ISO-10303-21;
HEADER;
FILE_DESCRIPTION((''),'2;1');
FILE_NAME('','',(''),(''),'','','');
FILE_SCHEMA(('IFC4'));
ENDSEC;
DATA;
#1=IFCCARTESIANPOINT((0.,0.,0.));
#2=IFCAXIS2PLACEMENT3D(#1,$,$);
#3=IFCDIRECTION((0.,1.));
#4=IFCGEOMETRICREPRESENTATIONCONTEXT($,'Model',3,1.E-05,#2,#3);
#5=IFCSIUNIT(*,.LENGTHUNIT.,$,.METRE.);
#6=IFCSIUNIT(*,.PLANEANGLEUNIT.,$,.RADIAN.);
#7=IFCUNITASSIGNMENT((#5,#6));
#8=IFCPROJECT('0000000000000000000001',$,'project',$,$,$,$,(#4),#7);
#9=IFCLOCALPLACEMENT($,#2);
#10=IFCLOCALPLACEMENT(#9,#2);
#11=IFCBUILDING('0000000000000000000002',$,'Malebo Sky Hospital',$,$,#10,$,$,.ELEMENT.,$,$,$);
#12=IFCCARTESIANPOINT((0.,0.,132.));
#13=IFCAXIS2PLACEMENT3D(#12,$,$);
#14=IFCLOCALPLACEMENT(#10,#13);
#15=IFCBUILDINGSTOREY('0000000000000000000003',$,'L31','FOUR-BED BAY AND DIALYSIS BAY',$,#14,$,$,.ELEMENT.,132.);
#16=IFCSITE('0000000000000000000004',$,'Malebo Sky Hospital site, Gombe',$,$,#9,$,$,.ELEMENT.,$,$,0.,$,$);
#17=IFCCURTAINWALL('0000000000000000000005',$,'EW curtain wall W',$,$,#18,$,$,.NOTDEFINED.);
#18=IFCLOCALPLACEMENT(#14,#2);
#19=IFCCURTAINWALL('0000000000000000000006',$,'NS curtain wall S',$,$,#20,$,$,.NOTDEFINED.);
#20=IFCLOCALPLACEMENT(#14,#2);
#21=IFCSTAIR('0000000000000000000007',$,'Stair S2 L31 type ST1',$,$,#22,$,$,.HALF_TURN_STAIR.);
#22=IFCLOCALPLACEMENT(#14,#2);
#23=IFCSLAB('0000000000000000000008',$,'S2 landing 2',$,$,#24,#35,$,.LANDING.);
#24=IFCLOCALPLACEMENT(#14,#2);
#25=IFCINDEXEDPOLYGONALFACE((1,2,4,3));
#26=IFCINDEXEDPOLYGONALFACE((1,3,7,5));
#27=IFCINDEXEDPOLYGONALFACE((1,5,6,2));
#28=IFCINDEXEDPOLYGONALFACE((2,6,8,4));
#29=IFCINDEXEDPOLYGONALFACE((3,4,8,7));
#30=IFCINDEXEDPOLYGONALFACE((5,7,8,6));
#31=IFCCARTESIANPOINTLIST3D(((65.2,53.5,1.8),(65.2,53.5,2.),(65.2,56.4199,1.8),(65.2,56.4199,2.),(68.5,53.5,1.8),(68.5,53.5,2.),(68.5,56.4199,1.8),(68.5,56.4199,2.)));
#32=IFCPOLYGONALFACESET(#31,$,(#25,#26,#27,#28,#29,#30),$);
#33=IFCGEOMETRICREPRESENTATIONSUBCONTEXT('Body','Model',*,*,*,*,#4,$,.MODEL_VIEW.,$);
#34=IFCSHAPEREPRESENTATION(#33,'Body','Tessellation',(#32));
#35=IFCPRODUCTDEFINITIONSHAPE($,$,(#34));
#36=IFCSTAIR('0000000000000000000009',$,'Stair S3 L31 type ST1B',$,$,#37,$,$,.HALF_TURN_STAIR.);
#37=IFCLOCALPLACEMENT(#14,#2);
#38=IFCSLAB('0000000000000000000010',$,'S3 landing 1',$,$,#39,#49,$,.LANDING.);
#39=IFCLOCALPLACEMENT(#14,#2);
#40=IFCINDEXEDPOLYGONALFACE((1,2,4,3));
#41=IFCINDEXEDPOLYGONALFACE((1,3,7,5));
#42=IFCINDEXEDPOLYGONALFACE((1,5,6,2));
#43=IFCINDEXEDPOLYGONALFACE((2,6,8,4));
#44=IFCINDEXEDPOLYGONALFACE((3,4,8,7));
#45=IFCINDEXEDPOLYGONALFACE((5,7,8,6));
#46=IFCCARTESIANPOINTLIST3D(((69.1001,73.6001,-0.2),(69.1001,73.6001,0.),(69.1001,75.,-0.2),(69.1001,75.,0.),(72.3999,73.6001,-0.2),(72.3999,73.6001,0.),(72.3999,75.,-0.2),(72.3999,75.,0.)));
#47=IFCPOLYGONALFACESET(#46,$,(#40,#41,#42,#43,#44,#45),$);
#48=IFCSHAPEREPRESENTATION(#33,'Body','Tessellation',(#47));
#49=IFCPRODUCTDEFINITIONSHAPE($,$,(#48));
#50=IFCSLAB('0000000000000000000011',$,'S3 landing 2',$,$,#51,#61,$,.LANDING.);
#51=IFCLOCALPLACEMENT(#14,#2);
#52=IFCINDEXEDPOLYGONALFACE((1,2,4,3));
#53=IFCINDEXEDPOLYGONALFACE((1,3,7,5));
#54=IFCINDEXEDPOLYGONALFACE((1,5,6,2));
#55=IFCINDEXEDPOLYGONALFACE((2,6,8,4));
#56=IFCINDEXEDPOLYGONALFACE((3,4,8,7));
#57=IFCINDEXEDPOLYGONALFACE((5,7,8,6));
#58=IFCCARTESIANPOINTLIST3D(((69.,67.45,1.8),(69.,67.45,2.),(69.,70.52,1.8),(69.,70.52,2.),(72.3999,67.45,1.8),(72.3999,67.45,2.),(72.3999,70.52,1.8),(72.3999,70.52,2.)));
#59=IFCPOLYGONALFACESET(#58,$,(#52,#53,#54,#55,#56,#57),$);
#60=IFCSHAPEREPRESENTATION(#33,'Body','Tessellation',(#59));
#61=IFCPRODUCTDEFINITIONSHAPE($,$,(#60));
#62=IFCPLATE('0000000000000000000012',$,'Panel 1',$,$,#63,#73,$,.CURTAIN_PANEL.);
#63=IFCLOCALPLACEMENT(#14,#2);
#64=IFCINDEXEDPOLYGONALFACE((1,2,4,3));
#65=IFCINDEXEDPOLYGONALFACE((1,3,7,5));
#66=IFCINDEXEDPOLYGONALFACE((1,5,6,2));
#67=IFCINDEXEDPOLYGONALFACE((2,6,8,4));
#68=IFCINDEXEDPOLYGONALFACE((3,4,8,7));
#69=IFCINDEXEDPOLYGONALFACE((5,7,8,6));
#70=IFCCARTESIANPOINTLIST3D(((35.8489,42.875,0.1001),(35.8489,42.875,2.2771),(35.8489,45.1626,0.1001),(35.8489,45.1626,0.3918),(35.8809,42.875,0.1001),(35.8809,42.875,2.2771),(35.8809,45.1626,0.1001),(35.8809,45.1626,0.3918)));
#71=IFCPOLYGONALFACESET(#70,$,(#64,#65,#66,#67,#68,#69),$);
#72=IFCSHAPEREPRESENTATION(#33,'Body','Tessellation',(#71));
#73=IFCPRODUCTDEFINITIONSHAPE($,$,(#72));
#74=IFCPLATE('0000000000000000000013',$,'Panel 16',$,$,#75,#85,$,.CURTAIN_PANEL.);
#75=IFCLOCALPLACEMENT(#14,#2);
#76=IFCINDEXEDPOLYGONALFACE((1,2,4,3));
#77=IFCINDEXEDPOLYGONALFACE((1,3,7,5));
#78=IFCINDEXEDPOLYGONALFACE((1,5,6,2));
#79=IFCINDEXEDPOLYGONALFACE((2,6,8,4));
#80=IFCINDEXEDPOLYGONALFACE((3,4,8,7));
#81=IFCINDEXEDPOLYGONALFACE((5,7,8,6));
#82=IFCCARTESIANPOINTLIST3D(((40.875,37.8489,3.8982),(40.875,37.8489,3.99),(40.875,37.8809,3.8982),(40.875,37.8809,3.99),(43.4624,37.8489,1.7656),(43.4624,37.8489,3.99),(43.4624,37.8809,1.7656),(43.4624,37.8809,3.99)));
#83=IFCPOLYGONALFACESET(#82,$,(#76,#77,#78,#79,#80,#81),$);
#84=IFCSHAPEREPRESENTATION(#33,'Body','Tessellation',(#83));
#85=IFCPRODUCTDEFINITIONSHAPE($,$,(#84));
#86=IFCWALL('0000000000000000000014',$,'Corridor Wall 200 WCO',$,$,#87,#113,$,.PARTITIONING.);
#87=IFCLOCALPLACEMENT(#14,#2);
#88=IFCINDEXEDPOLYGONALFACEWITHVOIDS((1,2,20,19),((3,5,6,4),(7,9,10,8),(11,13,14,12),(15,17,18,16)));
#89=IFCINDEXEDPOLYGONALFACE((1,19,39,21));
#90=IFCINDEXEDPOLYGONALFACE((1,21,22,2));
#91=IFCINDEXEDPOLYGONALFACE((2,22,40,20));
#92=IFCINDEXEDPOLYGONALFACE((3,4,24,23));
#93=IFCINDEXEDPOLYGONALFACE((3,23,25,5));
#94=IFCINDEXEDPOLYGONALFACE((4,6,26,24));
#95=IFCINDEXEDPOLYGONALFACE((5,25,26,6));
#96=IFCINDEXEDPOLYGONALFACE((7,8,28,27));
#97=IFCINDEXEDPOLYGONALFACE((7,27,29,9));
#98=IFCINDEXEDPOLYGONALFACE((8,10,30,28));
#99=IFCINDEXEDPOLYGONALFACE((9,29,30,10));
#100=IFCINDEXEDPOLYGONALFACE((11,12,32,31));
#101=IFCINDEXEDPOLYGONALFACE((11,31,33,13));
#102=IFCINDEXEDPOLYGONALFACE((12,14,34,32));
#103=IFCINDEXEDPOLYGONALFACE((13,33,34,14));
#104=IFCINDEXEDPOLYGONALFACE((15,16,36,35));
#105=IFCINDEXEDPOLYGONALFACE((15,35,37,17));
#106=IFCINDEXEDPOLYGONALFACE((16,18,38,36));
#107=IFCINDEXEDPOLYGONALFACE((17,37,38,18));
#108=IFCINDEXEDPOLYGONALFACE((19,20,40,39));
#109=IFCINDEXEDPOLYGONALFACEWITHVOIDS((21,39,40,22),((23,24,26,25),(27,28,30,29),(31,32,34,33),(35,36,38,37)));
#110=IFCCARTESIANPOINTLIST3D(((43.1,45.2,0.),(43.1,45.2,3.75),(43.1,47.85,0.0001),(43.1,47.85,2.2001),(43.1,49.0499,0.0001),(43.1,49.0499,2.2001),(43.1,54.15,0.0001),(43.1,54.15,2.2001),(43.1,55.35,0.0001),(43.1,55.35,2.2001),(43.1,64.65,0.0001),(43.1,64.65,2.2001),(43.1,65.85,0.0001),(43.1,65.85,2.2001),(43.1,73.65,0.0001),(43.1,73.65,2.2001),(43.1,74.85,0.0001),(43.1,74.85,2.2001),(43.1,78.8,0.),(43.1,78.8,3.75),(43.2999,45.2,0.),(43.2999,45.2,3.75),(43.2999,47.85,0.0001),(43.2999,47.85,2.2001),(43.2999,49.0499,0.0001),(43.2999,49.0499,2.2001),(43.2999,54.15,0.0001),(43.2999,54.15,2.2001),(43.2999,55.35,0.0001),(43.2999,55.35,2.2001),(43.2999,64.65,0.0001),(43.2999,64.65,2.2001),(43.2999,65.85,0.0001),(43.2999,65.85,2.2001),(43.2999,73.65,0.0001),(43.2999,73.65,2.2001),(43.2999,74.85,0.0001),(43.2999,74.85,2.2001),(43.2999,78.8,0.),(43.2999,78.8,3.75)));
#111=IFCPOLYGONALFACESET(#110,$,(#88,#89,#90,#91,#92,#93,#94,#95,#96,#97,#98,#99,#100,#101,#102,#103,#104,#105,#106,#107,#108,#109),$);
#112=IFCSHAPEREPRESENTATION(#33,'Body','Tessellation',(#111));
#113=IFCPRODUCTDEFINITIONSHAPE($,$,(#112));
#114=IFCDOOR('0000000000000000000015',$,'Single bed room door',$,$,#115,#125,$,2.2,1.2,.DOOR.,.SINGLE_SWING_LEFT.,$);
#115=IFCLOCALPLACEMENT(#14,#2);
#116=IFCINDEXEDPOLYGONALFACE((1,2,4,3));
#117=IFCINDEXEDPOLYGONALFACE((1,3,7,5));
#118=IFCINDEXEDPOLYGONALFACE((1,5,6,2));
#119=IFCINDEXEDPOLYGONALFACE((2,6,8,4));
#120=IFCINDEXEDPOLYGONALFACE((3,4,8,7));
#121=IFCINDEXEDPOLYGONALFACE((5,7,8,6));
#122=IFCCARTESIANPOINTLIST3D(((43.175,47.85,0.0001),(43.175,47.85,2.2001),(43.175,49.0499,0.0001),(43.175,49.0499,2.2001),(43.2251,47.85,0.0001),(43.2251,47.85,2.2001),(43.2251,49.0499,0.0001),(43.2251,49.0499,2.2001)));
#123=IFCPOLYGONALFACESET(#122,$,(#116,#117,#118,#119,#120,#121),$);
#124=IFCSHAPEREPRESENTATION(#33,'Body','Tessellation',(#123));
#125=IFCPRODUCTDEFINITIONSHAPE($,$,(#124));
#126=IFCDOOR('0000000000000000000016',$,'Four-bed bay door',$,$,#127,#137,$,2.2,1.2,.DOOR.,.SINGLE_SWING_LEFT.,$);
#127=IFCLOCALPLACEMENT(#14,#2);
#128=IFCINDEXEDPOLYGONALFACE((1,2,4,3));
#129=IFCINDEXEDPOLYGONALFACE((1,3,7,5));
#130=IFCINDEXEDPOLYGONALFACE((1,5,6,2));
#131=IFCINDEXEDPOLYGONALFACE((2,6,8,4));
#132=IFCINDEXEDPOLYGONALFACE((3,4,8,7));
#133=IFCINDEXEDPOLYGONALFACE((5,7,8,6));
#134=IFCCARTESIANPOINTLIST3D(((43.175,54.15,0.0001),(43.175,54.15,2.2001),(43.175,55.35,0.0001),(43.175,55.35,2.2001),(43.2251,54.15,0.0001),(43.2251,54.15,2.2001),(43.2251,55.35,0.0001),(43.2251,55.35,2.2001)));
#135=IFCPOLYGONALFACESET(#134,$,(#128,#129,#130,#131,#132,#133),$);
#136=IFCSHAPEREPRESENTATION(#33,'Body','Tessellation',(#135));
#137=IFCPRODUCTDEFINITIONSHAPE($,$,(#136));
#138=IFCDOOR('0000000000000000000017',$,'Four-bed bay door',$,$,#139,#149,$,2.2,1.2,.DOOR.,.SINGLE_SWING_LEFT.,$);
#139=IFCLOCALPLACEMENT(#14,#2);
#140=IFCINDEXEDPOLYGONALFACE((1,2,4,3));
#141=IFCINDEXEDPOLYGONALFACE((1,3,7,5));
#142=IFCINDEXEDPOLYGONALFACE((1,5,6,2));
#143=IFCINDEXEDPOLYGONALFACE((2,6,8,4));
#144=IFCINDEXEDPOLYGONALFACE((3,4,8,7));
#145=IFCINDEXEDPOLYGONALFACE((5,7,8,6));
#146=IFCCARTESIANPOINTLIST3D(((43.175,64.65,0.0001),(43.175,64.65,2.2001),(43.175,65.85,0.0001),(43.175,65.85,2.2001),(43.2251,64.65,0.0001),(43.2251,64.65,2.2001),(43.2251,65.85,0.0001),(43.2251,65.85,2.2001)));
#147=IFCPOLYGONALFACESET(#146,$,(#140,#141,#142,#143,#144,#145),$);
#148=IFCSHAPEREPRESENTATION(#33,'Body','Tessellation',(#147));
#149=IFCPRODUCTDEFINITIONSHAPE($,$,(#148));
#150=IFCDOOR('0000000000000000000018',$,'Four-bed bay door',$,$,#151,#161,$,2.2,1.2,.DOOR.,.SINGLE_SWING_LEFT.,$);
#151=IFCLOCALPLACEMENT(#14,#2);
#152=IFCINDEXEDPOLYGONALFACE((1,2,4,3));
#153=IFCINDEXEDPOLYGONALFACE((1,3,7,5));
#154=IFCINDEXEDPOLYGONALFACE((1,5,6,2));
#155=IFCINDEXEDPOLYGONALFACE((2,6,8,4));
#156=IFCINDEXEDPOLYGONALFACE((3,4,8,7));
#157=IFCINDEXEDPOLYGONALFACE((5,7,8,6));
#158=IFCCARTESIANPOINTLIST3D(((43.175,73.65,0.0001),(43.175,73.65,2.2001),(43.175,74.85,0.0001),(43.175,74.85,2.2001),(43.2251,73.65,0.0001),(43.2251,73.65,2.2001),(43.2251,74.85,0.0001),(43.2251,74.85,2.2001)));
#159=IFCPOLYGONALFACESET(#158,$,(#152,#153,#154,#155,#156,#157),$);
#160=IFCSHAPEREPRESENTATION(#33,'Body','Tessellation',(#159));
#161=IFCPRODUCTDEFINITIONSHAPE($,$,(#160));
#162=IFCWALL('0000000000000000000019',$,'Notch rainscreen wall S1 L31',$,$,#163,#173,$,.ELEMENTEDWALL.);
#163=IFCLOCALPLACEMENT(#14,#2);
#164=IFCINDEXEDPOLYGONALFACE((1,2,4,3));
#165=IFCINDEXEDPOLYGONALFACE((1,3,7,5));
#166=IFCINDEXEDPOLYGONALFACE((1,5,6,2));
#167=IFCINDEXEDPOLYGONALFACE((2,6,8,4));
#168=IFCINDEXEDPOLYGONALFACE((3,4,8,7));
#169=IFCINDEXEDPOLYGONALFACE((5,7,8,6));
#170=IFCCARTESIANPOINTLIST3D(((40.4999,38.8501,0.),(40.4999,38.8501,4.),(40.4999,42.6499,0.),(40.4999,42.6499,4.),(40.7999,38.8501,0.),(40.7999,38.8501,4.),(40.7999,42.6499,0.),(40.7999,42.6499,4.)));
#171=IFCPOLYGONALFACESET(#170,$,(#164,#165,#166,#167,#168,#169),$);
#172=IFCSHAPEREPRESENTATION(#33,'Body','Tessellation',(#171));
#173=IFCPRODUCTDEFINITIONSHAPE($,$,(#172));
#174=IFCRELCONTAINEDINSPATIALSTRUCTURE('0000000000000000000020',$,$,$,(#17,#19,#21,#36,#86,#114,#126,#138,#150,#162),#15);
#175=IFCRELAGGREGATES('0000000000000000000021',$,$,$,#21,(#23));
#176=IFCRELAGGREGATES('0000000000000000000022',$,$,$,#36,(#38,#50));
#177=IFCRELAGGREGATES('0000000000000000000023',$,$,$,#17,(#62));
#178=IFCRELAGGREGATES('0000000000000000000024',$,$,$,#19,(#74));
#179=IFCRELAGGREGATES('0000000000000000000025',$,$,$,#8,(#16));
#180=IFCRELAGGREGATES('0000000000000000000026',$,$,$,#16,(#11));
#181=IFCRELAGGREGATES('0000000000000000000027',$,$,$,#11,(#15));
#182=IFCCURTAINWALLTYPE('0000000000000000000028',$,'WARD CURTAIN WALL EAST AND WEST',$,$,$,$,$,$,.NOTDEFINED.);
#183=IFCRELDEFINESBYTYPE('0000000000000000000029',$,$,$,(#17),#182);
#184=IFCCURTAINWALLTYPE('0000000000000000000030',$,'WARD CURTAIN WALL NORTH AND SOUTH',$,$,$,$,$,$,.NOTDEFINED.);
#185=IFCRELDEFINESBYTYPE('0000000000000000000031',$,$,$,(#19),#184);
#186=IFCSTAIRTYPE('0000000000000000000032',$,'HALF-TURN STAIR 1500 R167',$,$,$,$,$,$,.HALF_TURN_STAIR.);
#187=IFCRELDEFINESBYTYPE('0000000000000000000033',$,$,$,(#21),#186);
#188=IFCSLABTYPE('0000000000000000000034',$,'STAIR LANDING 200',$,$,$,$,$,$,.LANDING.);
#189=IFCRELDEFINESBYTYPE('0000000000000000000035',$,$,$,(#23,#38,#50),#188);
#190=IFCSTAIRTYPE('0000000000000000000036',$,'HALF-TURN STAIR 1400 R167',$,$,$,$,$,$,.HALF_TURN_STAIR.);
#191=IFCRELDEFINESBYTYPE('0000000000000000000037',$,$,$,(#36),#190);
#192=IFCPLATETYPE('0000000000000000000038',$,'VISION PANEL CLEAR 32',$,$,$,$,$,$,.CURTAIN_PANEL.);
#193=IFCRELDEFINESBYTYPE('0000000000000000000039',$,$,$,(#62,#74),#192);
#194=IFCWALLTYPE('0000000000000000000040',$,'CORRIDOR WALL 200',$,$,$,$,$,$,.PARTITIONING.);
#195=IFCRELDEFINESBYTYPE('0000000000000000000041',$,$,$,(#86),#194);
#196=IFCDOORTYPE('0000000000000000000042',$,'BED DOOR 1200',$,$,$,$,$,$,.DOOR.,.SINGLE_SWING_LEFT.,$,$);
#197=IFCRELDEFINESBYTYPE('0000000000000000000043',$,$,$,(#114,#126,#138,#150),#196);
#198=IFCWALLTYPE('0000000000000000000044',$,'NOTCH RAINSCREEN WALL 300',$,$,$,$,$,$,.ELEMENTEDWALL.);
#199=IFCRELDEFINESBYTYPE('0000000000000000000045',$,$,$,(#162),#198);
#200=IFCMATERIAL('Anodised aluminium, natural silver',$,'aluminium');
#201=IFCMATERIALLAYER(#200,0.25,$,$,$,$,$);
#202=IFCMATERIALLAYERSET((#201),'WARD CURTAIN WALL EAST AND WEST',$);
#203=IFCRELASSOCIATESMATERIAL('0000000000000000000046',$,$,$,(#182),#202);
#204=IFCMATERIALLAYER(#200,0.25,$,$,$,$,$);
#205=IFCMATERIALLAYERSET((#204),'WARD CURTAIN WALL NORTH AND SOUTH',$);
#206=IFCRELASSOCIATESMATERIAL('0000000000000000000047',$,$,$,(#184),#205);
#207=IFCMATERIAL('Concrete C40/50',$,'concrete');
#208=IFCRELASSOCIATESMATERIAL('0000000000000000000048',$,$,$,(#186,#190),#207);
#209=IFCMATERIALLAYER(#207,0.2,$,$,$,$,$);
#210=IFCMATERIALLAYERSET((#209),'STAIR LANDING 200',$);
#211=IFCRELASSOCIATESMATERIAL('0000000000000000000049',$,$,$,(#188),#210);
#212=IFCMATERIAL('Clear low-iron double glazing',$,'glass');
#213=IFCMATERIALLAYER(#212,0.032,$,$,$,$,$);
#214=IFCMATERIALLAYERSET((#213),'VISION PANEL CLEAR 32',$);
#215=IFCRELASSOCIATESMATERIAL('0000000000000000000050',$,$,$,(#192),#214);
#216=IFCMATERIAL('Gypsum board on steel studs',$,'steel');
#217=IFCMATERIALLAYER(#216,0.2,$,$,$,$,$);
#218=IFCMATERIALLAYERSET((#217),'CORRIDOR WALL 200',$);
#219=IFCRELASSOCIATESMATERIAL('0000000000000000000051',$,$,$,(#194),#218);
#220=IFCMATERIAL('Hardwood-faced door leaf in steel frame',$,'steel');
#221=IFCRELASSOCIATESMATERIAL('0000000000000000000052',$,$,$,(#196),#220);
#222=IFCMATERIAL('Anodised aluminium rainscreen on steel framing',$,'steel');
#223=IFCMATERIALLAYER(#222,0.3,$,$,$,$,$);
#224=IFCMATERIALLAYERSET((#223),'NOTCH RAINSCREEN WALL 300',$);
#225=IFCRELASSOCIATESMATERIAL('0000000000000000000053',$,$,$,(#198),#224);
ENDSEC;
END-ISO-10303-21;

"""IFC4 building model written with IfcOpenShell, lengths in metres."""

from ifc_helpers import new_model, si_unit, direction, frame, frame_2d, origin, place, context, subcontext, project, spatial, polyline, rectangle, outline, extrude, material, layer, layer_set, type_object, element, fill, aggregate, save


model = new_model("IFC4")

# Units and contexts
model_context = context("Model", 3, precision=1e-05, world=origin(), true_north=direction((0.0, 1.0)))
body_context = subcontext(model_context, "Body", "Model", "MODEL_VIEW")
ifc_project = project(units=[si_unit("LENGTHUNIT", "METRE"), si_unit("PLANEANGLEUNIT", "RADIAN")], contexts=[model_context])

# Site, building, storey
site_placement = place(None, origin())
site = spatial("IfcSite", under=ifc_project, at=site_placement, Name="Malebo Sky Hospital site, Gombe", CompositionType="ELEMENT", RefElevation=0.0)
building_placement = place(site_placement, origin())
building = spatial("IfcBuilding", under=site, at=building_placement, Name="Malebo Sky Hospital", CompositionType="ELEMENT")
storey_placement = place(building_placement, frame((0.0, 0.0, 132.0)))
storey = spatial("IfcBuildingStorey", under=building, at=storey_placement, Name="L31", Description="FOUR-BED BAY AND DIALYSIS BAY", CompositionType="ELEMENT", Elevation=132.0)

# Curtain wall
ifc_material_1 = material(Name="Anodised aluminium, natural silver", Category="aluminium")
ifc_layer_1 = layer(ifc_material_1, 0.25)
ifc_layer_set_1 = layer_set([ifc_layer_1], Name="WARD CURTAIN WALL EAST AND WEST")
curtain_wall_type_1 = type_object("IfcCurtainWallType", Name="WARD CURTAIN WALL EAST AND WEST", PredefinedType="NOTDEFINED", material=ifc_layer_set_1)
curtain_wall_1_placement = place(storey_placement, origin())
curtain_wall_1 = element("IfcCurtainWall", 1, at=curtain_wall_1_placement, inside=storey, type_object=curtain_wall_type_1, Name="EW curtain wall W", PredefinedType="NOTDEFINED")

# Curtain wall
ifc_layer_2 = layer(ifc_material_1, 0.25)
ifc_layer_set_2 = layer_set([ifc_layer_2], Name="WARD CURTAIN WALL NORTH AND SOUTH")
curtain_wall_type_2 = type_object("IfcCurtainWallType", Name="WARD CURTAIN WALL NORTH AND SOUTH", PredefinedType="NOTDEFINED", material=ifc_layer_set_2)
curtain_wall_2_placement = place(storey_placement, origin())
curtain_wall_2 = element("IfcCurtainWall", 2, at=curtain_wall_2_placement, inside=storey, type_object=curtain_wall_type_2, Name="NS curtain wall S", PredefinedType="NOTDEFINED")

# Shared definitions
ifc_material_2 = material(Name="Concrete C40/50", Category="concrete")

# Stairs, slabs
stair_type_1 = type_object("IfcStairType", Name="HALF-TURN STAIR 1500 R167", PredefinedType="HALF_TURN_STAIR", material=ifc_material_2)
ifc_layer_3 = layer(ifc_material_2, 0.2)
ifc_layer_set_3 = layer_set([ifc_layer_3], Name="STAIR LANDING 200")
slab_type_1 = type_object("IfcSlabType", Name="STAIR LANDING 200", PredefinedType="LANDING", material=ifc_layer_set_3)
stair_1_placement = place(storey_placement, origin())
stair_1 = element("IfcStair", 3, at=stair_1_placement, inside=storey, type_object=stair_type_1, Name="Stair S2 L31 type ST1", PredefinedType="HALF_TURN_STAIR")
slab_1_placement = place(storey_placement, frame((0.0, 0.0, 1.8)))
slab_1 = element("IfcSlab", 4, at=slab_1_placement, type_object=slab_type_1, Name="S2 landing 2", PredefinedType="LANDING", context=body_context, shape_type="SweptSolid", body=[
    extrude(outline(polyline([(65.2, 53.5), (68.5, 53.5), (68.5, 56.4199), (65.2, 56.4199), (65.2, 53.5)])), origin(), (0.0, 0.0, 1.0), 0.2),
])
aggregate(stair_1, [slab_1])
stair_type_2 = type_object("IfcStairType", Name="HALF-TURN STAIR 1400 R167", PredefinedType="HALF_TURN_STAIR", material=ifc_material_2)
stair_2_placement = place(storey_placement, origin())
stair_2 = element("IfcStair", 5, at=stair_2_placement, inside=storey, type_object=stair_type_2, Name="Stair S3 L31 type ST1B", PredefinedType="HALF_TURN_STAIR")
slab_2_placement = place(storey_placement, frame((0.0, 0.0, -0.2)))
slab_2 = element("IfcSlab", 6, at=slab_2_placement, type_object=slab_type_1, Name="S3 landing 1", PredefinedType="LANDING", context=body_context, shape_type="SweptSolid", body=[
    extrude(outline(polyline([(69.1001, 73.6001), (72.3999, 73.6001), (72.3999, 75.0), (69.1001, 75.0), (69.1001, 73.6001)])), origin(), (0.0, 0.0, 1.0), 0.2),
])
slab_3_placement = place(storey_placement, frame((0.0, 0.0, 1.8)))
slab_3 = element("IfcSlab", 7, at=slab_3_placement, type_object=slab_type_1, Name="S3 landing 2", PredefinedType="LANDING", context=body_context, shape_type="SweptSolid", body=[
    extrude(outline(polyline([(69.0, 67.45), (72.3999, 67.45), (72.3999, 70.52), (69.0, 70.52), (69.0, 67.45)])), origin(), (0.0, 0.0, 1.0), 0.2),
])
aggregate(stair_2, [slab_2, slab_3])

# Plates
ifc_material_3 = material(Name="Clear low-iron double glazing", Category="glass")
ifc_layer_4 = layer(ifc_material_3, 0.032)
ifc_layer_set_4 = layer_set([ifc_layer_4], Name="VISION PANEL CLEAR 32")
plate_type = type_object("IfcPlateType", Name="VISION PANEL CLEAR 32", PredefinedType="CURTAIN_PANEL", material=ifc_layer_set_4)
plate_1_placement = place(storey_placement, frame((35.865, 44.0188, 0.1001), z_axis=(0.0, 0.0, 1.0), x_axis=(0.0, 1.0, 0.0)))
plate_1 = element("IfcPlate", 8, at=plate_1_placement, type_object=plate_type, Name="Panel 1", PredefinedType="CURTAIN_PANEL", context=body_context, shape_type="SweptSolid", body=[
    extrude(outline(polyline([(-1.1438, 0.0), (1.1438, 0.0), (1.1438, 0.2917), (-1.1438, 2.177), (-1.1438, 0.0)])), frame((0.0, 0.0161, 0.0), z_axis=(0.0, -1.0, 0.0), x_axis=(1.0, 0.0, 0.0)), (0.0, 0.0, 1.0), 0.032),
])
aggregate(curtain_wall_1, [plate_1])
plate_2_placement = place(storey_placement, frame((42.1687, 37.865, 1.7656), z_axis=(0.0, 0.0, 1.0), x_axis=(-1.0, 0.0, 0.0)))
plate_2 = element("IfcPlate", 9, at=plate_2_placement, type_object=plate_type, Name="Panel 16", PredefinedType="CURTAIN_PANEL", context=body_context, shape_type="SweptSolid", body=[
    extrude(outline(polyline([(-1.2937, 0.0), (1.2937, 2.1326), (1.2937, 2.2244), (-1.2937, 2.2244), (-1.2937, 0.0)])), frame((0.0, 0.0161, 0.0), z_axis=(0.0, -1.0, 0.0), x_axis=(1.0, 0.0, 0.0)), (0.0, 0.0, 1.0), 0.032),
])
aggregate(curtain_wall_2, [plate_2])

# Wall, openings, doors
ifc_material_4 = material(Name="Gypsum board on steel studs", Category="steel")
ifc_layer_5 = layer(ifc_material_4, 0.2)
ifc_layer_set_5 = layer_set([ifc_layer_5], Name="CORRIDOR WALL 200")
wall_type_1 = type_object("IfcWallType", Name="CORRIDOR WALL 200", PredefinedType="PARTITIONING", material=ifc_layer_set_5)
wall_1_placement = place(storey_placement, frame((43.2, 45.2, 0.0), z_axis=(0.0, 0.0, 1.0), x_axis=(0.0, 1.0, 0.0)))
wall_1 = element("IfcWall", 10, at=wall_1_placement, inside=storey, type_object=wall_type_1, Name="Corridor Wall 200 WCO", PredefinedType="PARTITIONING", context=body_context, shape_type="SweptSolid", body=[
    extrude(rectangle(XDim=33.6001, YDim=0.2, at=frame_2d((16.8, 0.0))), origin(), (0.0, 0.0, 1.0), 3.75),
])
opening_1_placement = place(wall_1_placement, frame((2.6499, 0.0, 0.0)))
opening_1 = element("IfcOpeningElement", 11, at=opening_1_placement, cuts=wall_1, PredefinedType="OPENING", context=body_context, shape_type="SweptSolid", body=[
    extrude(rectangle(XDim=1.2, YDim=2.2, at=frame_2d((0.6001, 1.1001))), frame((0.0, 0.1099, 0.0), z_axis=(0.0, -1.0, 0.0), x_axis=(1.0, 0.0, 0.0)), (0.0, 0.0, 1.0), 0.22),
])
opening_2_placement = place(wall_1_placement, frame((8.95, 0.0, 0.0)))
opening_2 = element("IfcOpeningElement", 12, at=opening_2_placement, cuts=wall_1, PredefinedType="OPENING", context=body_context, shape_type="SweptSolid", body=[
    extrude(rectangle(XDim=1.2, YDim=2.2, at=frame_2d((0.6001, 1.1001))), frame((0.0, 0.1099, 0.0), z_axis=(0.0, -1.0, 0.0), x_axis=(1.0, 0.0, 0.0)), (0.0, 0.0, 1.0), 0.22),
])
opening_3_placement = place(wall_1_placement, frame((19.45, 0.0, 0.0)))
opening_3 = element("IfcOpeningElement", 13, at=opening_3_placement, cuts=wall_1, PredefinedType="OPENING", context=body_context, shape_type="SweptSolid", body=[
    extrude(rectangle(XDim=1.2, YDim=2.2, at=frame_2d((0.6001, 1.1001))), frame((0.0, 0.1099, 0.0), z_axis=(0.0, -1.0, 0.0), x_axis=(1.0, 0.0, 0.0)), (0.0, 0.0, 1.0), 0.22),
])
opening_4_placement = place(wall_1_placement, frame((28.45, 0.0, 0.0)))
opening_4 = element("IfcOpeningElement", 14, at=opening_4_placement, cuts=wall_1, PredefinedType="OPENING", context=body_context, shape_type="SweptSolid", body=[
    extrude(rectangle(XDim=1.2, YDim=2.2, at=frame_2d((0.6001, 1.1001))), frame((0.0, 0.1099, 0.0), z_axis=(0.0, -1.0, 0.0), x_axis=(1.0, 0.0, 0.0)), (0.0, 0.0, 1.0), 0.22),
])
ifc_material_5 = material(Name="Hardwood-faced door leaf in steel frame", Category="steel")
door_type_1 = type_object("IfcDoorType", Name="BED DOOR 1200", OperationType="SINGLE_SWING_LEFT", PredefinedType="DOOR", material=ifc_material_5)
door_1_placement = place(opening_1_placement, origin())
door_1 = element("IfcDoor", 15, at=door_1_placement, inside=storey, type_object=door_type_1, Name="Single bed room door", OperationType="SINGLE_SWING_LEFT", OverallHeight=2.2, OverallWidth=1.2, PredefinedType="DOOR", context=body_context, shape_type="SweptSolid", body=[
    extrude(rectangle(XDim=1.2, YDim=2.2, at=frame_2d((0.6001, 1.1001))), frame((0.0, 0.0249, 0.0), z_axis=(0.0, -1.0, 0.0), x_axis=(1.0, 0.0, 0.0)), (0.0, 0.0, 1.0), 0.05),
])
fill(opening_1, door_1)
door_2_placement = place(opening_2_placement, origin())
door_2 = element("IfcDoor", 16, at=door_2_placement, inside=storey, type_object=door_type_1, Name="Four-bed bay door", OperationType="SINGLE_SWING_LEFT", OverallHeight=2.2, OverallWidth=1.2, PredefinedType="DOOR", context=body_context, shape_type="SweptSolid", body=[
    extrude(rectangle(XDim=1.2, YDim=2.2, at=frame_2d((0.6001, 1.1001))), frame((0.0, 0.0249, 0.0), z_axis=(0.0, -1.0, 0.0), x_axis=(1.0, 0.0, 0.0)), (0.0, 0.0, 1.0), 0.05),
])
fill(opening_2, door_2)
door_3_placement = place(opening_3_placement, origin())
door_3 = element("IfcDoor", 17, at=door_3_placement, inside=storey, type_object=door_type_1, Name="Four-bed bay door", OperationType="SINGLE_SWING_LEFT", OverallHeight=2.2, OverallWidth=1.2, PredefinedType="DOOR", context=body_context, shape_type="SweptSolid", body=[
    extrude(rectangle(XDim=1.2, YDim=2.2, at=frame_2d((0.6001, 1.1001))), frame((0.0, 0.0249, 0.0), z_axis=(0.0, -1.0, 0.0), x_axis=(1.0, 0.0, 0.0)), (0.0, 0.0, 1.0), 0.05),
])
fill(opening_3, door_3)
door_4_placement = place(opening_4_placement, origin())
door_4 = element("IfcDoor", 18, at=door_4_placement, inside=storey, type_object=door_type_1, Name="Four-bed bay door", OperationType="SINGLE_SWING_LEFT", OverallHeight=2.2, OverallWidth=1.2, PredefinedType="DOOR", context=body_context, shape_type="SweptSolid", body=[
    extrude(rectangle(XDim=1.2, YDim=2.2, at=frame_2d((0.6001, 1.1001))), frame((0.0, 0.0249, 0.0), z_axis=(0.0, -1.0, 0.0), x_axis=(1.0, 0.0, 0.0)), (0.0, 0.0, 1.0), 0.05),
])
fill(opening_4, door_4)

# Wall
ifc_material_6 = material(Name="Anodised aluminium rainscreen on steel framing", Category="steel")
ifc_layer_6 = layer(ifc_material_6, 0.3)
ifc_layer_set_6 = layer_set([ifc_layer_6], Name="NOTCH RAINSCREEN WALL 300")
wall_type_2 = type_object("IfcWallType", Name="NOTCH RAINSCREEN WALL 300", PredefinedType="ELEMENTEDWALL", material=ifc_layer_set_6)
for number, where, z_axis, x_axis, name in (
    (19, (40.6499, 38.8501, 0.0), (0.0, 0.0, 1.0), (0.0, 1.0, 0.0), "Notch rainscreen wall S1 L31"),
):
    element("IfcWall", number, at=place(storey_placement, frame(where, z_axis=z_axis, x_axis=x_axis)), inside=storey, type_object=wall_type_2, Name=name, PredefinedType="ELEMENTEDWALL", context=body_context, shape_type="SweptSolid", body=[
        extrude(rectangle(XDim=3.7998, YDim=0.3, at=frame_2d((1.8999, 0.0))), origin(), (0.0, 0.0, 1.0), 4.0),
    ])

save(model, "model.ifc")
